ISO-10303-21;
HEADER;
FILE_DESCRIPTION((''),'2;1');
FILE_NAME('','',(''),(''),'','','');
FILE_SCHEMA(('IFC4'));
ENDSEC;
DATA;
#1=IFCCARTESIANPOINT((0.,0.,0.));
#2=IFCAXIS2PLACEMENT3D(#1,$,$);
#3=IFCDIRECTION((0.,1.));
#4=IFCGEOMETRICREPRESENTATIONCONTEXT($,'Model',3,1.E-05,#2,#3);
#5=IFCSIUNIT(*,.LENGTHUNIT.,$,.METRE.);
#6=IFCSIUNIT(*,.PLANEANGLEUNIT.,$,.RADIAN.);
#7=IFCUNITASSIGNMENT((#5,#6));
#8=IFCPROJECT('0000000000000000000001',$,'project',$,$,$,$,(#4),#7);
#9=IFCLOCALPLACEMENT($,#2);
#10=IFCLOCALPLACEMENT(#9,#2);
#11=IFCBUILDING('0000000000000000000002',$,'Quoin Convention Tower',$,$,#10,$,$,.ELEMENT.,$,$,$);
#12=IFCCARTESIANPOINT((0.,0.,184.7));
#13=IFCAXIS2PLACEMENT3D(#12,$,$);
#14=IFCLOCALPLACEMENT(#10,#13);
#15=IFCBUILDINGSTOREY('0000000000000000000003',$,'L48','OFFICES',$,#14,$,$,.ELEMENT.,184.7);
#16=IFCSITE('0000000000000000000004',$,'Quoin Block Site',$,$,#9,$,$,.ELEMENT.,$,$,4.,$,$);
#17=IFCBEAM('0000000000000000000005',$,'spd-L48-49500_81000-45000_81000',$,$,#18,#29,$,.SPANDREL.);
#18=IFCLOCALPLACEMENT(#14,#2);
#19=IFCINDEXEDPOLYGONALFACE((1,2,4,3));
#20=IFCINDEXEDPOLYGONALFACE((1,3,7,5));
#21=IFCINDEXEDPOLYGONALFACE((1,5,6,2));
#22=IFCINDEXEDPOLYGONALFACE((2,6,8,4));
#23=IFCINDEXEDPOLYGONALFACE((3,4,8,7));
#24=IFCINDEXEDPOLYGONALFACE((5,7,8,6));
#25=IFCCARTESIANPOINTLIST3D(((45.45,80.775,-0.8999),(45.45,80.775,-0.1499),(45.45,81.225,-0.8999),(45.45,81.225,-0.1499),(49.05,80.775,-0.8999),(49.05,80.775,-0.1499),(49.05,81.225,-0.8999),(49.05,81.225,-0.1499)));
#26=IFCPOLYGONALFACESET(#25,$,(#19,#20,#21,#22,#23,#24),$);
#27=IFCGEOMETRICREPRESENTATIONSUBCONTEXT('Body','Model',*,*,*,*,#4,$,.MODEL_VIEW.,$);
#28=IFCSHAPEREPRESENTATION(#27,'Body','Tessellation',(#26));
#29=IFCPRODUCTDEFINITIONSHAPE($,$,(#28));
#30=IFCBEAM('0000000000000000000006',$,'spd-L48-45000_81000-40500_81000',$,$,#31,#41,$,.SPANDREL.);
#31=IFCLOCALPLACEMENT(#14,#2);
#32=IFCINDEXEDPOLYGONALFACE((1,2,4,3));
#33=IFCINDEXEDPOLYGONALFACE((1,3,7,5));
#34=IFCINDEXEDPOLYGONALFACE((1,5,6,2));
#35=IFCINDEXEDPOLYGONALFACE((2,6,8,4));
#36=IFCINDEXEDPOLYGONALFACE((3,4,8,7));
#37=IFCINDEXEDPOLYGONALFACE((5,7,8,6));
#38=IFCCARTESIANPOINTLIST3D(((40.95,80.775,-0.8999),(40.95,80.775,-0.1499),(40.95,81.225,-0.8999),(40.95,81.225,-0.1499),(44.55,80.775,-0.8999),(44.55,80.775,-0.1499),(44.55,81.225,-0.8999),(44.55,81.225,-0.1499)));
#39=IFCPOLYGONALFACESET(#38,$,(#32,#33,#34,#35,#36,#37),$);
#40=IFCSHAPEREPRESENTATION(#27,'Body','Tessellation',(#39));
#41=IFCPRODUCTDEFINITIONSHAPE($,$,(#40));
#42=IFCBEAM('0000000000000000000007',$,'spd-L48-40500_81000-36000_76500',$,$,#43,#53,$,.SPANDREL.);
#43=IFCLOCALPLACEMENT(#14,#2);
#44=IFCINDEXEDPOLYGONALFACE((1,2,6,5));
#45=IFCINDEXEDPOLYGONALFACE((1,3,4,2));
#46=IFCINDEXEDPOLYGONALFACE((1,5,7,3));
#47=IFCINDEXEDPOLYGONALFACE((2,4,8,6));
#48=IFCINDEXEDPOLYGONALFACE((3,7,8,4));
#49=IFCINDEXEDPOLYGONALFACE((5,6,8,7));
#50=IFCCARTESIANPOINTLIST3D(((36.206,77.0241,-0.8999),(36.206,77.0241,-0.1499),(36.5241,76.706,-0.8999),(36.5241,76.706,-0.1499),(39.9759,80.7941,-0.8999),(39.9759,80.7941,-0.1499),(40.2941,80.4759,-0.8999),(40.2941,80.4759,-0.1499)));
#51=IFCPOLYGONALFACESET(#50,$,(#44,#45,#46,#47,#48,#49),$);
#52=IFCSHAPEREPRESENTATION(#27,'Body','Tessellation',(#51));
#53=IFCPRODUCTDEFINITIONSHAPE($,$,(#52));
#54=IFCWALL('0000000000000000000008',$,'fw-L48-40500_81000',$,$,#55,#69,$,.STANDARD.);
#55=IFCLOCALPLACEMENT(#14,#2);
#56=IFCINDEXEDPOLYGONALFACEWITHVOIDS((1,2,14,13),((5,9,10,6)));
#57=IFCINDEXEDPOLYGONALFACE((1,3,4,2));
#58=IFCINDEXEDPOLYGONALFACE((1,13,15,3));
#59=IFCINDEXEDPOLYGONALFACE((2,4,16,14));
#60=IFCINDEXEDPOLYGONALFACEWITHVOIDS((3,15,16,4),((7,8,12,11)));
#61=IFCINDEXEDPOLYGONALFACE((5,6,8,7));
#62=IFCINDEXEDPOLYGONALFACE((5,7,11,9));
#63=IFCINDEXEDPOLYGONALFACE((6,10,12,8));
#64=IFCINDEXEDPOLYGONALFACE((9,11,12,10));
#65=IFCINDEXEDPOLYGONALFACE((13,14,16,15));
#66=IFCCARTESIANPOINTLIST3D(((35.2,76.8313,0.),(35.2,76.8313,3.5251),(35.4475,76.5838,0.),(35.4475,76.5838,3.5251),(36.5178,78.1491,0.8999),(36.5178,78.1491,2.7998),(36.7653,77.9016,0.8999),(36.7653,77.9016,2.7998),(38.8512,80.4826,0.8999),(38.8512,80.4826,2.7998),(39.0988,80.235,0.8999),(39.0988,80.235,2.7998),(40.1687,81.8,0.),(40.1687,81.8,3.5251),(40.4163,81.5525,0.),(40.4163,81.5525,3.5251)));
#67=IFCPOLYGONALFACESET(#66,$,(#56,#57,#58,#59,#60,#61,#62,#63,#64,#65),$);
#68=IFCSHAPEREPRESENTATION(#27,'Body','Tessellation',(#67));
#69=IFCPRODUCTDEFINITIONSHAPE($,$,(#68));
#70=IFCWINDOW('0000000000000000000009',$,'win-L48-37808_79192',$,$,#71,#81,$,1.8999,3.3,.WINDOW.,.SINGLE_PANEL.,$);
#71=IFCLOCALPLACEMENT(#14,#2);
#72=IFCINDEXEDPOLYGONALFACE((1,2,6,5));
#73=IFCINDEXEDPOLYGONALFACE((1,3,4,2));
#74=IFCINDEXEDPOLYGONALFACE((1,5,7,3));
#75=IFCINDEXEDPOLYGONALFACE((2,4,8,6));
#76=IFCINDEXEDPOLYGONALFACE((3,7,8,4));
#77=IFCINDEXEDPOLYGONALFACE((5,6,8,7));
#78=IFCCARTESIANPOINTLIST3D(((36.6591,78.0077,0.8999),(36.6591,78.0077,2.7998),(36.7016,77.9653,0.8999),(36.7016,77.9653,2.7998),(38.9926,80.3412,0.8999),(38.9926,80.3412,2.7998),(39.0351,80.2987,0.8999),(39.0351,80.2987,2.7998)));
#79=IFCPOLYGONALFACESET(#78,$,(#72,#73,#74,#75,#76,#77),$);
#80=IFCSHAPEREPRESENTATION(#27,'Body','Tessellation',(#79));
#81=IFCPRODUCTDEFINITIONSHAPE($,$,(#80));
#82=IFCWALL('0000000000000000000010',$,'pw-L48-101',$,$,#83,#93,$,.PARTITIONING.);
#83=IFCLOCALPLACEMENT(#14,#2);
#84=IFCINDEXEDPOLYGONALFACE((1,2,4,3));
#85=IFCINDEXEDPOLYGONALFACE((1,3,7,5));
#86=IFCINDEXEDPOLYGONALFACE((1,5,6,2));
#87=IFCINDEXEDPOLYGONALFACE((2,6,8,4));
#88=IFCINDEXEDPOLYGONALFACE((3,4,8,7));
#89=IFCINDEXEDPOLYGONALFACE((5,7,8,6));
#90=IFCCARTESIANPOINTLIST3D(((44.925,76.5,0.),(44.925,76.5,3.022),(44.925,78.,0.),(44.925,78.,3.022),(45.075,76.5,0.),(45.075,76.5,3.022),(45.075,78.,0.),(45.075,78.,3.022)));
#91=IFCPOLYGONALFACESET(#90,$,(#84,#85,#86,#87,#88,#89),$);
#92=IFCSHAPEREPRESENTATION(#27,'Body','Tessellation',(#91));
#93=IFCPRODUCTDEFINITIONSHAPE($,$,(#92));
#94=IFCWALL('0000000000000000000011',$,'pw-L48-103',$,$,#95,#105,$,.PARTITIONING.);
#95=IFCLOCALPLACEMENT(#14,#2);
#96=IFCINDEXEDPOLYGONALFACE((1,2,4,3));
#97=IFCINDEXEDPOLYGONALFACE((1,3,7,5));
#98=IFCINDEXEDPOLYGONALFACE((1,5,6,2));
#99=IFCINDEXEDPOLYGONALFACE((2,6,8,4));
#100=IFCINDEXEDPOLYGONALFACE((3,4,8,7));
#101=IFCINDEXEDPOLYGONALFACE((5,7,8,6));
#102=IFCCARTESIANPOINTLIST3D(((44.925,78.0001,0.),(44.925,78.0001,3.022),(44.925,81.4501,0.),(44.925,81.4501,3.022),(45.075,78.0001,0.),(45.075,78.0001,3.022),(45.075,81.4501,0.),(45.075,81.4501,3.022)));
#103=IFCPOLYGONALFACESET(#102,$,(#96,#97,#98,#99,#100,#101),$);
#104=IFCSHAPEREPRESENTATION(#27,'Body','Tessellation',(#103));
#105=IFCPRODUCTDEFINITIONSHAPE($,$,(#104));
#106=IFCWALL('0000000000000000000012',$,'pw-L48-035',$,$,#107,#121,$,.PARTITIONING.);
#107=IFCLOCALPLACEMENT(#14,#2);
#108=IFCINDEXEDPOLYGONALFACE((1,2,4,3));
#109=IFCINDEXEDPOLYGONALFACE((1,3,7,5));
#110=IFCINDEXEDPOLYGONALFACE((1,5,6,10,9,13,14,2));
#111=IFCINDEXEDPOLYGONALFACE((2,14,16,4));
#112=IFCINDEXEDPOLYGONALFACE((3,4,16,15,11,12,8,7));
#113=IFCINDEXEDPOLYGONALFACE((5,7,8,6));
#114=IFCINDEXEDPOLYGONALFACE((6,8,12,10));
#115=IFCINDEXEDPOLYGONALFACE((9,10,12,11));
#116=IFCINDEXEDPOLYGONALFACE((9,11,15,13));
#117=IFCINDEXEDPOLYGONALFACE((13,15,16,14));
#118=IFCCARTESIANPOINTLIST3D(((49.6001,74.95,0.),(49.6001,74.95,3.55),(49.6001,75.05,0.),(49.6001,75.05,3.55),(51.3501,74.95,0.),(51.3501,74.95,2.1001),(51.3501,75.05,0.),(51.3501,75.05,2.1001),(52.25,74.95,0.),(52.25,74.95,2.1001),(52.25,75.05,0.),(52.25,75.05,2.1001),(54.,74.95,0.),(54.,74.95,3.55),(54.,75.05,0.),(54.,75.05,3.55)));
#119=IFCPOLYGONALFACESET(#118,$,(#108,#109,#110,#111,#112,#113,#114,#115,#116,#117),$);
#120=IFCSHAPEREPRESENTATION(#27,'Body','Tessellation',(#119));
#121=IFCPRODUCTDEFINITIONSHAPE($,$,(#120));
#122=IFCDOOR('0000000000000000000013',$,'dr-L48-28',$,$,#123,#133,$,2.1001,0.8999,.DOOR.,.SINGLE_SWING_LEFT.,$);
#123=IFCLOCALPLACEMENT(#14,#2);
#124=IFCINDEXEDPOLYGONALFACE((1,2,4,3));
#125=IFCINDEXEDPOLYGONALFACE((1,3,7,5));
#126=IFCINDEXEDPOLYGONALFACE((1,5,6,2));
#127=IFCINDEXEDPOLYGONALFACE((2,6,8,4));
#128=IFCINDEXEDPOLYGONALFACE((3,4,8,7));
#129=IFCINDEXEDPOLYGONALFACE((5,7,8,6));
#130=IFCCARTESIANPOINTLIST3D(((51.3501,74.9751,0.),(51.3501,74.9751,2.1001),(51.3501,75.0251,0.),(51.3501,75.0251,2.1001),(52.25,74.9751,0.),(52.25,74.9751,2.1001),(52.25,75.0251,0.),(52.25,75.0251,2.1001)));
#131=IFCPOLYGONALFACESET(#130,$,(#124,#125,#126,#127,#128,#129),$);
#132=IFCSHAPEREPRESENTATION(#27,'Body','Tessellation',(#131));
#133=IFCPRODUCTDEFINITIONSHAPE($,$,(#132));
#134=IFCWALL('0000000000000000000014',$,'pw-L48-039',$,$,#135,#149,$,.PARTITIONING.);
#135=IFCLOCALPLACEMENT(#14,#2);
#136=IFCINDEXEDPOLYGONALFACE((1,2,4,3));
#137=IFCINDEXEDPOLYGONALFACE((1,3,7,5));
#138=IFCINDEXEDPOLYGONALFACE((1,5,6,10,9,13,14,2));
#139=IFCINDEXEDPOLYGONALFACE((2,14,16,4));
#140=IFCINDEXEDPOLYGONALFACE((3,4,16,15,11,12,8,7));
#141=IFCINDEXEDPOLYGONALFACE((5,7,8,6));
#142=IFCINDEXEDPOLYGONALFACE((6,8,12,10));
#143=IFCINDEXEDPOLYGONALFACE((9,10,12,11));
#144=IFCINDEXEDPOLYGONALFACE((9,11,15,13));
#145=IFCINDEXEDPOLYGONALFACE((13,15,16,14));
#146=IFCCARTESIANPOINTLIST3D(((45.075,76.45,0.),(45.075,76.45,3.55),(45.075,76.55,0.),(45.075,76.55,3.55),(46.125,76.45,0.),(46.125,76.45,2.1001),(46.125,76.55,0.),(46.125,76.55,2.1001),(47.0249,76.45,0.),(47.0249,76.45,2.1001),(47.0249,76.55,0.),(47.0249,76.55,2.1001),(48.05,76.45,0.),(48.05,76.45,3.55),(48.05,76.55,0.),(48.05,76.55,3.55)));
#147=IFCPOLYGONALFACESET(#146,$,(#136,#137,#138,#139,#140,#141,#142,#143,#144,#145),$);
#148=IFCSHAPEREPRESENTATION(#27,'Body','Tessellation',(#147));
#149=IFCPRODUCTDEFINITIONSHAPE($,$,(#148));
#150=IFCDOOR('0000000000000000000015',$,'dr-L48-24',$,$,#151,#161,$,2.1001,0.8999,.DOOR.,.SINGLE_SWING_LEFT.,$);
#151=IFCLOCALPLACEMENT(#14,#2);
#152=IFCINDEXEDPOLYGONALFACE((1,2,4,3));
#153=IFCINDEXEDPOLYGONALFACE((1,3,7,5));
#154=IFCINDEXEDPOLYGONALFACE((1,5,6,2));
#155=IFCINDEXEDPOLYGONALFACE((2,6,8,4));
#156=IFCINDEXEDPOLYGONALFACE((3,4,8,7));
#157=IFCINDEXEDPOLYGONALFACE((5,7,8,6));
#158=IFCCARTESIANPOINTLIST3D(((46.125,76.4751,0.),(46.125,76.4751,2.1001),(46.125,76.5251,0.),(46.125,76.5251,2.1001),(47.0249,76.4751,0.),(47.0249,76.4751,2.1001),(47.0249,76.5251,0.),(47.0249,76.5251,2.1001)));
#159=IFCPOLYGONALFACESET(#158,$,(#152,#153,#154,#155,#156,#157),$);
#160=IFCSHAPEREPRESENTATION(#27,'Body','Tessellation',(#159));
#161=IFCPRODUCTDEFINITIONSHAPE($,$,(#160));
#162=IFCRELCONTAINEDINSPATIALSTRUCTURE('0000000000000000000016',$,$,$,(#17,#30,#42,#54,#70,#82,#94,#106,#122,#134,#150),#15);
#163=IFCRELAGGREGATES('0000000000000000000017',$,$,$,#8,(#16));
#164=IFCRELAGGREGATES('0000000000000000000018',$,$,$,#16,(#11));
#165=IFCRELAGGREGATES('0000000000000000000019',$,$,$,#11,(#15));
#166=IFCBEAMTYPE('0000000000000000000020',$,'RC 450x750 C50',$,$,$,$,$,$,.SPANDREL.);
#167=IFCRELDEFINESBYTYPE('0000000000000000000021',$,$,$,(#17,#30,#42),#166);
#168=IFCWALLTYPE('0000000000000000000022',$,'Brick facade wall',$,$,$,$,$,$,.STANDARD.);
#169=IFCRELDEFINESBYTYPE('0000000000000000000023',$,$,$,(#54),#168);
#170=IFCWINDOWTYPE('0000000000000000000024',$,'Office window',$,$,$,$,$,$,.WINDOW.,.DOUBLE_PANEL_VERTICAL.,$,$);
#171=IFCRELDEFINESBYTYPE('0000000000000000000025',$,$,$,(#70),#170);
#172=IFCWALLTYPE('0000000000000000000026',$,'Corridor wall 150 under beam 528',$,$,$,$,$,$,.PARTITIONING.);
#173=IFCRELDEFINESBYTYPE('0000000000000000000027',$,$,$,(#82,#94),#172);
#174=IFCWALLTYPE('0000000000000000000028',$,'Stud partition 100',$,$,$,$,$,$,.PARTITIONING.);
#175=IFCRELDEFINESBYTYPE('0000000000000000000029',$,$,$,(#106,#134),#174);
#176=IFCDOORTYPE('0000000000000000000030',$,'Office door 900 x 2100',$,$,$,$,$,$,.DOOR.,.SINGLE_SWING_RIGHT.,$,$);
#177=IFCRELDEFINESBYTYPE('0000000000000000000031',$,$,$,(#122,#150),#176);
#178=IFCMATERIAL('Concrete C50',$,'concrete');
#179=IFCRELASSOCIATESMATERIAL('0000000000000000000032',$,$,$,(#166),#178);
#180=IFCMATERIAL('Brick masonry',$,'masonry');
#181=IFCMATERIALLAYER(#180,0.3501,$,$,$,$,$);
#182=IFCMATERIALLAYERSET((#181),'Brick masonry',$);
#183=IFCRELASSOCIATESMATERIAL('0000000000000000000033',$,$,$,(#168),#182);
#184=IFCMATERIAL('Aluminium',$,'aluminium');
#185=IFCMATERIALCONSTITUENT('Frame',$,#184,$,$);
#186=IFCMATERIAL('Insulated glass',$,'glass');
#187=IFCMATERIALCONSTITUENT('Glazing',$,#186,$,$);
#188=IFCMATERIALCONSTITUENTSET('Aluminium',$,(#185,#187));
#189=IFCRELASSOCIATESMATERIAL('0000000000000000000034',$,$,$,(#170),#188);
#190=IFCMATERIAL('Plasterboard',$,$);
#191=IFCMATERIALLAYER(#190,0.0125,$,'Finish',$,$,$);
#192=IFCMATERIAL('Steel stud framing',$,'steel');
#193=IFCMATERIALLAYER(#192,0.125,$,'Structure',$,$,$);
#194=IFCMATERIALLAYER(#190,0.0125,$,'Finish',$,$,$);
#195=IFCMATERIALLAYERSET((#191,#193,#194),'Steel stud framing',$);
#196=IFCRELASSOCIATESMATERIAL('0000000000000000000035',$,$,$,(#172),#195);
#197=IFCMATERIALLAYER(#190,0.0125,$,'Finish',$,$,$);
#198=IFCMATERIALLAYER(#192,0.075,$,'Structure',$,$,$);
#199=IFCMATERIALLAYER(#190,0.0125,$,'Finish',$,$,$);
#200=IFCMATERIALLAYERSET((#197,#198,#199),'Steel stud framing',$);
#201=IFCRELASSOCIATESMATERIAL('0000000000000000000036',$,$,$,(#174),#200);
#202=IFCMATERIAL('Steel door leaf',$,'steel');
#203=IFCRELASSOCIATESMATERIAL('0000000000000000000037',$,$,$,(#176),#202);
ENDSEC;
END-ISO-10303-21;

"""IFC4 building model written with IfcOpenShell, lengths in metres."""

from ifc_helpers import new_model, si_unit, direction, frame, frame_2d, origin, origin_2d, place, context, subcontext, project, spatial, rectangle, extrude, material, layer, layer_set, constituent, constituent_set, material_profile, profile_set, type_object, element, fill, save


model = new_model("IFC4")

# Units and contexts
model_context = context("Model", 3, precision=1e-05, world=origin(), true_north=direction((0.0, 1.0)))
body_context = subcontext(model_context, "Body", "Model", "MODEL_VIEW")
ifc_project = project(units=[si_unit("LENGTHUNIT", "METRE"), si_unit("PLANEANGLEUNIT", "RADIAN")], contexts=[model_context])

# Site, building, storey
site_placement = place(None, origin())
site = spatial("IfcSite", under=ifc_project, at=site_placement, Name="Quoin Block Site", CompositionType="ELEMENT", RefElevation=4.0)
building_placement = place(site_placement, origin())
building = spatial("IfcBuilding", under=site, at=building_placement, Name="Quoin Convention Tower", CompositionType="ELEMENT")
storey_placement = place(building_placement, frame((0.0, 0.0, 184.7)))
storey = spatial("IfcBuildingStorey", under=building, at=storey_placement, Name="L48", Description="OFFICES", CompositionType="ELEMENT", Elevation=184.7)

# Shared definitions
ifc_material_1 = material(Name="Concrete C50", Category="concrete")

# Beams
ifc_material_profile_1 = material_profile(ifc_material_1, rectangle(XDim=0.45, YDim=0.75, at=origin_2d()), Name="RC 450x750")
ifc_profile_set_1 = profile_set([ifc_material_profile_1], Name="Concrete C50")
beam_type_1 = type_object("IfcBeamType", Name="RC 450x750 C50", PredefinedType="SPANDREL", material=ifc_profile_set_1)
for number, where, z_axis, x_axis, name in (
    (1, (49.05, 81.0, -0.5249), (-1.0, 0.0, 0.0), (0.0, -1.0, 0.0), "spd-L48-49500_81000-45000_81000"),
    (2, (44.55, 81.0, -0.5249), (-1.0, 0.0, 0.0), (0.0, -1.0, 0.0), "spd-L48-45000_81000-40500_81000"),
):
    element("IfcBeam", number, at=place(storey_placement, frame(where, z_axis=z_axis, x_axis=x_axis)), inside=storey, type_object=beam_type_1, Name=name, PredefinedType="SPANDREL", context=body_context, shape_type="SweptSolid", body=[
        extrude(rectangle(XDim=0.45, YDim=0.75, at=origin_2d()), origin(), (0.0, 0.0, 1.0), 3.6001),
    ])
beam_1_placement = place(storey_placement, frame((40.135, 80.635, -0.5249), z_axis=(-0.707107, -0.707107, 0.0), x_axis=(0.707107, -0.707107, 0.0)))
element("IfcBeam", 3, at=beam_1_placement, inside=storey, type_object=beam_type_1, Name="spd-L48-40500_81000-36000_76500", PredefinedType="SPANDREL", context=body_context, shape_type="SweptSolid", body=[
    extrude(rectangle(XDim=0.45, YDim=0.75, at=origin_2d()), origin(), (0.0, 0.0, 1.0), 5.3315),
])

# Wall, opening, window
ifc_material_2 = material(Name="Brick masonry", Category="masonry")
ifc_layer_1 = layer(ifc_material_2, 0.3501)
ifc_layer_set_1 = layer_set([ifc_layer_1], Name="Brick masonry")
wall_type_1 = type_object("IfcWallType", Name="Brick facade wall", PredefinedType="STANDARD", material=ifc_layer_set_1)
wall_1_placement = place(storey_placement, frame((40.2925, 81.6763, 0.0), z_axis=(0.0, 0.0, 1.0), x_axis=(-0.707107, -0.707107, 0.0)))
wall_1 = element("IfcWall", 4, at=wall_1_placement, inside=storey, type_object=wall_type_1, Name="fw-L48-40500_81000", PredefinedType="STANDARD", context=body_context, shape_type="SweptSolid", body=[
    extrude(rectangle(XDim=7.0269, YDim=0.3501, at=frame_2d((3.5134, 0.0))), origin(), (0.0, 0.0, 1.0), 3.5251),
])
opening_1_placement = place(wall_1_placement, frame((1.8633, 0.0, 0.8999)))
opening_1 = element("IfcOpeningElement", 5, at=opening_1_placement, cuts=wall_1, PredefinedType="OPENING", context=body_context, shape_type="SweptSolid", body=[
    extrude(rectangle(XDim=3.3, YDim=1.8999, at=frame_2d((1.6499, 0.95))), frame((0.0, 0.1851, 0.0), z_axis=(0.0, -1.0, 0.0), x_axis=(1.0, 0.0, 0.0)), (0.0, 0.0, 1.0), 0.3701),
])
ifc_material_3 = material(Name="Aluminium", Category="aluminium")
ifc_constituent_1 = constituent(ifc_material_3, Name="Frame")
ifc_material_4 = material(Name="Insulated glass", Category="glass")
ifc_constituent_2 = constituent(ifc_material_4, Name="Glazing")
ifc_constituent_set = constituent_set(constituents=[ifc_constituent_1, ifc_constituent_2], Name="Aluminium")
window_type = type_object("IfcWindowType", Name="Office window", PartitioningType="DOUBLE_PANEL_VERTICAL", PredefinedType="WINDOW", material=ifc_constituent_set)
window_placement = place(opening_1_placement, origin())
window = element("IfcWindow", 6, at=window_placement, inside=storey, type_object=window_type, Name="win-L48-37808_79192", OverallHeight=1.8999, OverallWidth=3.3, PartitioningType="SINGLE_PANEL", PredefinedType="WINDOW", context=body_context, shape_type="SweptSolid", body=[
    extrude(rectangle(XDim=3.3, YDim=1.8999, at=frame_2d((1.6499, 0.95))), frame((0.0, 0.085, 0.0), z_axis=(0.0, -1.0, 0.0), x_axis=(1.0, 0.0, 0.0)), (0.0, 0.0, 1.0), 0.0601),
])
fill(opening_1, window)

# Walls
ifc_material_5 = material(Name="Plasterboard")
ifc_layer_2 = layer(ifc_material_5, 0.0125, Name="Finish")
ifc_material_6 = material(Name="Steel stud framing", Category="steel")
ifc_layer_3 = layer(ifc_material_6, 0.125, Name="Structure")
ifc_layer_4 = layer(ifc_material_5, 0.0125, Name="Finish")
ifc_layer_set_2 = layer_set([ifc_layer_2, ifc_layer_3, ifc_layer_4], Name="Steel stud framing")
wall_type_2 = type_object("IfcWallType", Name="Corridor wall 150 under beam 528", PredefinedType="PARTITIONING", material=ifc_layer_set_2)
wall_2_placement = place(storey_placement, frame((45.0, 76.5, 0.0), z_axis=(0.0, 0.0, 1.0), x_axis=(0.0, 1.0, 0.0)))
element("IfcWall", 7, at=wall_2_placement, inside=storey, type_object=wall_type_2, Name="pw-L48-101", PredefinedType="PARTITIONING", context=body_context, shape_type="SweptSolid", body=[
    extrude(rectangle(XDim=1.5, YDim=0.1499, at=frame_2d((0.75, 0.0))), origin(), (0.0, 0.0, 1.0), 3.022),
])
wall_3_placement = place(storey_placement, frame((45.0, 78.0, 0.0), z_axis=(0.0, 0.0, 1.0), x_axis=(0.0, 1.0, 0.0)))
element("IfcWall", 8, at=wall_3_placement, inside=storey, type_object=wall_type_2, Name="pw-L48-103", PredefinedType="PARTITIONING", context=body_context, shape_type="SweptSolid", body=[
    extrude(rectangle(XDim=3.45, YDim=0.1499, at=frame_2d((1.7251, 0.0))), origin(), (0.0, 0.0, 1.0), 3.022),
])

# Walls, openings, doors
ifc_layer_5 = layer(ifc_material_5, 0.0125, Name="Finish")
ifc_layer_6 = layer(ifc_material_6, 0.075, Name="Structure")
ifc_layer_7 = layer(ifc_material_5, 0.0125, Name="Finish")
ifc_layer_set_3 = layer_set([ifc_layer_5, ifc_layer_6, ifc_layer_7], Name="Steel stud framing")
wall_type_3 = type_object("IfcWallType", Name="Stud partition 100", PredefinedType="PARTITIONING", material=ifc_layer_set_3)
wall_4_placement = place(storey_placement, frame((49.6001, 75.0, 0.0), z_axis=(0.0, 0.0, 1.0), x_axis=(1.0, 0.0, 0.0)))
wall_4 = element("IfcWall", 9, at=wall_4_placement, inside=storey, type_object=wall_type_3, Name="pw-L48-035", PredefinedType="PARTITIONING", context=body_context, shape_type="SweptSolid", body=[
    extrude(rectangle(XDim=4.3999, YDim=0.1001, at=frame_2d((2.2, 0.0))), origin(), (0.0, 0.0, 1.0), 3.55),
])
opening_2_placement = place(wall_4_placement, frame((1.75, 0.0, 0.0)))
opening_2 = element("IfcOpeningElement", 10, at=opening_2_placement, cuts=wall_4, PredefinedType="OPENING", context=body_context, shape_type="SweptSolid", body=[
    extrude(rectangle(XDim=0.8999, YDim=2.1001, at=frame_2d((0.45, 1.05))), frame((0.0, 0.0601, 0.0), z_axis=(0.0, -1.0, 0.0), x_axis=(1.0, 0.0, 0.0)), (0.0, 0.0, 1.0), 0.1201),
])
ifc_material_7 = material(Name="Steel door leaf", Category="steel")
door_type = type_object("IfcDoorType", Name="Office door 900 x 2100", OperationType="SINGLE_SWING_RIGHT", PredefinedType="DOOR", material=ifc_material_7)
door_1_placement = place(opening_2_placement, frame((0.8999, 0.0, 0.0), z_axis=(0.0, 0.0, 1.0), x_axis=(-1.0, 0.0, 0.0)))
door_1 = element("IfcDoor", 11, at=door_1_placement, inside=storey, type_object=door_type, Name="dr-L48-28", OperationType="SINGLE_SWING_LEFT", OverallHeight=2.1001, OverallWidth=0.8999, PredefinedType="DOOR", context=body_context, shape_type="SweptSolid", body=[
    extrude(rectangle(XDim=0.8999, YDim=2.1001, at=frame_2d((0.45, 1.05))), frame((0.0, 0.0249, 0.0), z_axis=(0.0, -1.0, 0.0), x_axis=(1.0, 0.0, 0.0)), (0.0, 0.0, 1.0), 0.05),
])
fill(opening_2, door_1)
wall_5_placement = place(storey_placement, frame((45.075, 76.5, 0.0), z_axis=(0.0, 0.0, 1.0), x_axis=(1.0, 0.0, 0.0)))
wall_5 = element("IfcWall", 12, at=wall_5_placement, inside=storey, type_object=wall_type_3, Name="pw-L48-039", PredefinedType="PARTITIONING", context=body_context, shape_type="SweptSolid", body=[
    extrude(rectangle(XDim=2.9751, YDim=0.1001, at=frame_2d((1.4875, 0.0))), origin(), (0.0, 0.0, 1.0), 3.55),
])
opening_3_placement = place(wall_5_placement, frame((1.05, 0.0, 0.0)))
opening_3 = element("IfcOpeningElement", 13, at=opening_3_placement, cuts=wall_5, PredefinedType="OPENING", context=body_context, shape_type="SweptSolid", body=[
    extrude(rectangle(XDim=0.8999, YDim=2.1001, at=frame_2d((0.45, 1.05))), frame((0.0, 0.0601, 0.0), z_axis=(0.0, -1.0, 0.0), x_axis=(1.0, 0.0, 0.0)), (0.0, 0.0, 1.0), 0.1201),
])
door_2_placement = place(opening_3_placement, frame((0.8999, 0.0, 0.0), z_axis=(0.0, 0.0, 1.0), x_axis=(-1.0, 0.0, 0.0)))
door_2 = element("IfcDoor", 14, at=door_2_placement, inside=storey, type_object=door_type, Name="dr-L48-24", OperationType="SINGLE_SWING_LEFT", OverallHeight=2.1001, OverallWidth=0.8999, PredefinedType="DOOR", context=body_context, shape_type="SweptSolid", body=[
    extrude(rectangle(XDim=0.8999, YDim=2.1001, at=frame_2d((0.45, 1.05))), frame((0.0, 0.0249, 0.0), z_axis=(0.0, -1.0, 0.0), x_axis=(1.0, 0.0, 0.0)), (0.0, 0.0, 1.0), 0.05),
])
fill(opening_3, door_2)

save(model, "model.ifc")
